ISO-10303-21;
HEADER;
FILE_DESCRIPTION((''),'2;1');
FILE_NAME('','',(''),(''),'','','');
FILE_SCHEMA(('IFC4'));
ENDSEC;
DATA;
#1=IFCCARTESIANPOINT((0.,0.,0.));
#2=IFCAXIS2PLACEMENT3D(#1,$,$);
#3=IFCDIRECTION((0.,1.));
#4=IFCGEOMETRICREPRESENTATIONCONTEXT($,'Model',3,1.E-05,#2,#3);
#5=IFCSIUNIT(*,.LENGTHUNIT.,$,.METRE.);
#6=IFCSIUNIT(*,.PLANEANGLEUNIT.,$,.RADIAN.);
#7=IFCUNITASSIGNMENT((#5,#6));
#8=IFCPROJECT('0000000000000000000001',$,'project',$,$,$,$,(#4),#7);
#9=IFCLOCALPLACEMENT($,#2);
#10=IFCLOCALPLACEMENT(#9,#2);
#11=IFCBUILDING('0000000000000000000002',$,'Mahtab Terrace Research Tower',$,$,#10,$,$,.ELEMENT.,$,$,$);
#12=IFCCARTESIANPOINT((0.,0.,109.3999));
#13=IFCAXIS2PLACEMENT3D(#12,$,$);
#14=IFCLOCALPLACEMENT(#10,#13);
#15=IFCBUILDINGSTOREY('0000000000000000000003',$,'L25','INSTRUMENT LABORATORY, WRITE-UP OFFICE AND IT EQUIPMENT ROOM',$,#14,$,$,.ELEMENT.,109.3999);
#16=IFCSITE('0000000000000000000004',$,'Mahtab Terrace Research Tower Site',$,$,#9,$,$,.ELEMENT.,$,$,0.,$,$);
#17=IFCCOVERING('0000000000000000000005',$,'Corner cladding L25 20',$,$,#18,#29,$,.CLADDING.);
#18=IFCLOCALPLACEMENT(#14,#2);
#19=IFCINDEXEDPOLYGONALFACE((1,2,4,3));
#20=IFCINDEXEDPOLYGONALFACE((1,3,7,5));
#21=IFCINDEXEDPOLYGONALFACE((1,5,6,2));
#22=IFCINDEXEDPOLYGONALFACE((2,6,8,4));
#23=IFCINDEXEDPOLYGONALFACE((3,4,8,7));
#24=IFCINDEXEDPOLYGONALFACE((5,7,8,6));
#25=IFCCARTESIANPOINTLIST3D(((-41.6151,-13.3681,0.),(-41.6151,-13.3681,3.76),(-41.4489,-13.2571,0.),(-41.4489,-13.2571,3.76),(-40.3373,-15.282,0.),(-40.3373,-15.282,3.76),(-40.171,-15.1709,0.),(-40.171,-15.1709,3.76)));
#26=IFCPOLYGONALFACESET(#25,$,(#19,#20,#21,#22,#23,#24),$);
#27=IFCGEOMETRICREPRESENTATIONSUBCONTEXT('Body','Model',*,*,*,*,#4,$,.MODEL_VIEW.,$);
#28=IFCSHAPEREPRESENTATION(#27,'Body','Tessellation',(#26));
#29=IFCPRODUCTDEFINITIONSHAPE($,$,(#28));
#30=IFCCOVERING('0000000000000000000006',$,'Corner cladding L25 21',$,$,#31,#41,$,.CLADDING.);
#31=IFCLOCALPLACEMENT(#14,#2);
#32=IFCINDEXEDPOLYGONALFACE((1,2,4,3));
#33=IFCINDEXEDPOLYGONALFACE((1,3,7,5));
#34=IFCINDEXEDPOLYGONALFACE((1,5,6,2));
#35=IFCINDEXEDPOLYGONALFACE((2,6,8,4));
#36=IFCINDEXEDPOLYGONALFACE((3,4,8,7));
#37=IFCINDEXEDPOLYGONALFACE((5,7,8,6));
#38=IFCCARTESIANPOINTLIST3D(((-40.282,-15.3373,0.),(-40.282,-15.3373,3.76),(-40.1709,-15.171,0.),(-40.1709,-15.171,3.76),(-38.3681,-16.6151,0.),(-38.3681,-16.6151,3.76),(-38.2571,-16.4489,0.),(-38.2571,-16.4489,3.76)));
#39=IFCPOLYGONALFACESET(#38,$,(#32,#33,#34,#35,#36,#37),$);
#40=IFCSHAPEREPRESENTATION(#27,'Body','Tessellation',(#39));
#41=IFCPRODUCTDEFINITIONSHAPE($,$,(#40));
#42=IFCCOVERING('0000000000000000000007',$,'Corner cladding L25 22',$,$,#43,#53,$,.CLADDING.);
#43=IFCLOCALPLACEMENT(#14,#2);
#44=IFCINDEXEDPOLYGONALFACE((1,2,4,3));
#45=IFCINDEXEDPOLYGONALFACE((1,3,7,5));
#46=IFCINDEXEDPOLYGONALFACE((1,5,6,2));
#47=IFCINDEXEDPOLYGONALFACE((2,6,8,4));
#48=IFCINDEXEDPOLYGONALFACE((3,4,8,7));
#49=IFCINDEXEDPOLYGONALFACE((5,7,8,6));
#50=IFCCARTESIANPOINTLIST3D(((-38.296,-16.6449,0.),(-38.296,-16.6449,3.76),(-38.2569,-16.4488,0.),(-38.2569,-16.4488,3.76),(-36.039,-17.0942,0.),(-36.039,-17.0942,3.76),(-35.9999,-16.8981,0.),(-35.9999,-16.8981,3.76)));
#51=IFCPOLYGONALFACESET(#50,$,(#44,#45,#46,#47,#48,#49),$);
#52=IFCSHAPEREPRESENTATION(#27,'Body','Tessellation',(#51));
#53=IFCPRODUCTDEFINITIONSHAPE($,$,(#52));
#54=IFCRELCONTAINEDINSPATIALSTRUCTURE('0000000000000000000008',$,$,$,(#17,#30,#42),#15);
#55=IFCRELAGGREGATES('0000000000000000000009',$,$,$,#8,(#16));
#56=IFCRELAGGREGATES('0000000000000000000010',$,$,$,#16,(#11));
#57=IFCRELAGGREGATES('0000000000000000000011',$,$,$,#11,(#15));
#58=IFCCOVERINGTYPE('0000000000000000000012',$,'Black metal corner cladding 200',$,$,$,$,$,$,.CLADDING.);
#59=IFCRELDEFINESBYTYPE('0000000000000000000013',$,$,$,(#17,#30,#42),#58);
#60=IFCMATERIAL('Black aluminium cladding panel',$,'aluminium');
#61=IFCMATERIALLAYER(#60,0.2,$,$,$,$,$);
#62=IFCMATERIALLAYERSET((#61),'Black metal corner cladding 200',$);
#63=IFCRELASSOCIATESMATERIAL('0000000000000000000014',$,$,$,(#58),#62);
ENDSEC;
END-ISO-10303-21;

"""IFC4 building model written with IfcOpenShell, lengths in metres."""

from ifc_helpers import new_model, si_unit, direction, frame, origin, origin_2d, place, context, subcontext, project, spatial, rectangle, extrude, material, layer, layer_set, type_object, element, save


model = new_model("IFC4")

# Units and contexts
model_context = context("Model", 3, precision=1e-05, world=origin(), true_north=direction((0.0, 1.0)))
body_context = subcontext(model_context, "Body", "Model", "MODEL_VIEW")
ifc_project = project(units=[si_unit("LENGTHUNIT", "METRE"), si_unit("PLANEANGLEUNIT", "RADIAN")], contexts=[model_context])

# Site, building, storey
site_placement = place(None, origin())
site = spatial("IfcSite", under=ifc_project, at=site_placement, Name="Mahtab Terrace Research Tower Site", CompositionType="ELEMENT", RefElevation=0.0)
building_placement = place(site_placement, origin())
building = spatial("IfcBuilding", under=site, at=building_placement, Name="Mahtab Terrace Research Tower", CompositionType="ELEMENT")
storey_placement = place(building_placement, frame((0.0, 0.0, 109.3999)))
storey = spatial("IfcBuildingStorey", under=building, at=storey_placement, Name="L25", Description="INSTRUMENT LABORATORY, WRITE-UP OFFICE AND IT EQUIPMENT ROOM", CompositionType="ELEMENT", Elevation=109.3999)

# Shared definitions
ifc_material_1 = material(Name="Black aluminium cladding panel", Category="aluminium")

# Coverings
ifc_layer_1 = layer(ifc_material_1, 0.2)
ifc_layer_set_1 = layer_set([ifc_layer_1], Name="Black metal corner cladding 200")
covering_type = type_object("IfcCoveringType", Name="Black metal corner cladding 200", PredefinedType="CLADDING", material=ifc_layer_set_1)
for number, where, z_axis, x_axis, name in (
    (1, (-40.8931, -14.2695, 0.0), (0.0, 0.0, 1.0), (0.555291, -0.831656, 0.0), "Corner cladding L25 20"),
    (2, (-39.2695, -15.8931, 0.0), (0.0, 0.0, 1.0), (0.831656, -0.555291, 0.0), "Corner cladding L25 21"),
    (3, (-37.1479, -16.7715, 0.0), (0.0, 0.0, 1.0), (0.980761, -0.195212, 0.0), "Corner cladding L25 22"),
):
    element("IfcCovering", number, at=place(storey_placement, frame(where, z_axis=z_axis, x_axis=x_axis)), inside=storey, type_object=covering_type, Name=name, PredefinedType="CLADDING", context=body_context, shape_type="SweptSolid", body=[
        extrude(rectangle(XDim=2.3013, YDim=0.2, at=origin_2d()), origin(), (0.0, 0.0, 1.0), 3.76),
    ])

save(model, "model.ifc")
